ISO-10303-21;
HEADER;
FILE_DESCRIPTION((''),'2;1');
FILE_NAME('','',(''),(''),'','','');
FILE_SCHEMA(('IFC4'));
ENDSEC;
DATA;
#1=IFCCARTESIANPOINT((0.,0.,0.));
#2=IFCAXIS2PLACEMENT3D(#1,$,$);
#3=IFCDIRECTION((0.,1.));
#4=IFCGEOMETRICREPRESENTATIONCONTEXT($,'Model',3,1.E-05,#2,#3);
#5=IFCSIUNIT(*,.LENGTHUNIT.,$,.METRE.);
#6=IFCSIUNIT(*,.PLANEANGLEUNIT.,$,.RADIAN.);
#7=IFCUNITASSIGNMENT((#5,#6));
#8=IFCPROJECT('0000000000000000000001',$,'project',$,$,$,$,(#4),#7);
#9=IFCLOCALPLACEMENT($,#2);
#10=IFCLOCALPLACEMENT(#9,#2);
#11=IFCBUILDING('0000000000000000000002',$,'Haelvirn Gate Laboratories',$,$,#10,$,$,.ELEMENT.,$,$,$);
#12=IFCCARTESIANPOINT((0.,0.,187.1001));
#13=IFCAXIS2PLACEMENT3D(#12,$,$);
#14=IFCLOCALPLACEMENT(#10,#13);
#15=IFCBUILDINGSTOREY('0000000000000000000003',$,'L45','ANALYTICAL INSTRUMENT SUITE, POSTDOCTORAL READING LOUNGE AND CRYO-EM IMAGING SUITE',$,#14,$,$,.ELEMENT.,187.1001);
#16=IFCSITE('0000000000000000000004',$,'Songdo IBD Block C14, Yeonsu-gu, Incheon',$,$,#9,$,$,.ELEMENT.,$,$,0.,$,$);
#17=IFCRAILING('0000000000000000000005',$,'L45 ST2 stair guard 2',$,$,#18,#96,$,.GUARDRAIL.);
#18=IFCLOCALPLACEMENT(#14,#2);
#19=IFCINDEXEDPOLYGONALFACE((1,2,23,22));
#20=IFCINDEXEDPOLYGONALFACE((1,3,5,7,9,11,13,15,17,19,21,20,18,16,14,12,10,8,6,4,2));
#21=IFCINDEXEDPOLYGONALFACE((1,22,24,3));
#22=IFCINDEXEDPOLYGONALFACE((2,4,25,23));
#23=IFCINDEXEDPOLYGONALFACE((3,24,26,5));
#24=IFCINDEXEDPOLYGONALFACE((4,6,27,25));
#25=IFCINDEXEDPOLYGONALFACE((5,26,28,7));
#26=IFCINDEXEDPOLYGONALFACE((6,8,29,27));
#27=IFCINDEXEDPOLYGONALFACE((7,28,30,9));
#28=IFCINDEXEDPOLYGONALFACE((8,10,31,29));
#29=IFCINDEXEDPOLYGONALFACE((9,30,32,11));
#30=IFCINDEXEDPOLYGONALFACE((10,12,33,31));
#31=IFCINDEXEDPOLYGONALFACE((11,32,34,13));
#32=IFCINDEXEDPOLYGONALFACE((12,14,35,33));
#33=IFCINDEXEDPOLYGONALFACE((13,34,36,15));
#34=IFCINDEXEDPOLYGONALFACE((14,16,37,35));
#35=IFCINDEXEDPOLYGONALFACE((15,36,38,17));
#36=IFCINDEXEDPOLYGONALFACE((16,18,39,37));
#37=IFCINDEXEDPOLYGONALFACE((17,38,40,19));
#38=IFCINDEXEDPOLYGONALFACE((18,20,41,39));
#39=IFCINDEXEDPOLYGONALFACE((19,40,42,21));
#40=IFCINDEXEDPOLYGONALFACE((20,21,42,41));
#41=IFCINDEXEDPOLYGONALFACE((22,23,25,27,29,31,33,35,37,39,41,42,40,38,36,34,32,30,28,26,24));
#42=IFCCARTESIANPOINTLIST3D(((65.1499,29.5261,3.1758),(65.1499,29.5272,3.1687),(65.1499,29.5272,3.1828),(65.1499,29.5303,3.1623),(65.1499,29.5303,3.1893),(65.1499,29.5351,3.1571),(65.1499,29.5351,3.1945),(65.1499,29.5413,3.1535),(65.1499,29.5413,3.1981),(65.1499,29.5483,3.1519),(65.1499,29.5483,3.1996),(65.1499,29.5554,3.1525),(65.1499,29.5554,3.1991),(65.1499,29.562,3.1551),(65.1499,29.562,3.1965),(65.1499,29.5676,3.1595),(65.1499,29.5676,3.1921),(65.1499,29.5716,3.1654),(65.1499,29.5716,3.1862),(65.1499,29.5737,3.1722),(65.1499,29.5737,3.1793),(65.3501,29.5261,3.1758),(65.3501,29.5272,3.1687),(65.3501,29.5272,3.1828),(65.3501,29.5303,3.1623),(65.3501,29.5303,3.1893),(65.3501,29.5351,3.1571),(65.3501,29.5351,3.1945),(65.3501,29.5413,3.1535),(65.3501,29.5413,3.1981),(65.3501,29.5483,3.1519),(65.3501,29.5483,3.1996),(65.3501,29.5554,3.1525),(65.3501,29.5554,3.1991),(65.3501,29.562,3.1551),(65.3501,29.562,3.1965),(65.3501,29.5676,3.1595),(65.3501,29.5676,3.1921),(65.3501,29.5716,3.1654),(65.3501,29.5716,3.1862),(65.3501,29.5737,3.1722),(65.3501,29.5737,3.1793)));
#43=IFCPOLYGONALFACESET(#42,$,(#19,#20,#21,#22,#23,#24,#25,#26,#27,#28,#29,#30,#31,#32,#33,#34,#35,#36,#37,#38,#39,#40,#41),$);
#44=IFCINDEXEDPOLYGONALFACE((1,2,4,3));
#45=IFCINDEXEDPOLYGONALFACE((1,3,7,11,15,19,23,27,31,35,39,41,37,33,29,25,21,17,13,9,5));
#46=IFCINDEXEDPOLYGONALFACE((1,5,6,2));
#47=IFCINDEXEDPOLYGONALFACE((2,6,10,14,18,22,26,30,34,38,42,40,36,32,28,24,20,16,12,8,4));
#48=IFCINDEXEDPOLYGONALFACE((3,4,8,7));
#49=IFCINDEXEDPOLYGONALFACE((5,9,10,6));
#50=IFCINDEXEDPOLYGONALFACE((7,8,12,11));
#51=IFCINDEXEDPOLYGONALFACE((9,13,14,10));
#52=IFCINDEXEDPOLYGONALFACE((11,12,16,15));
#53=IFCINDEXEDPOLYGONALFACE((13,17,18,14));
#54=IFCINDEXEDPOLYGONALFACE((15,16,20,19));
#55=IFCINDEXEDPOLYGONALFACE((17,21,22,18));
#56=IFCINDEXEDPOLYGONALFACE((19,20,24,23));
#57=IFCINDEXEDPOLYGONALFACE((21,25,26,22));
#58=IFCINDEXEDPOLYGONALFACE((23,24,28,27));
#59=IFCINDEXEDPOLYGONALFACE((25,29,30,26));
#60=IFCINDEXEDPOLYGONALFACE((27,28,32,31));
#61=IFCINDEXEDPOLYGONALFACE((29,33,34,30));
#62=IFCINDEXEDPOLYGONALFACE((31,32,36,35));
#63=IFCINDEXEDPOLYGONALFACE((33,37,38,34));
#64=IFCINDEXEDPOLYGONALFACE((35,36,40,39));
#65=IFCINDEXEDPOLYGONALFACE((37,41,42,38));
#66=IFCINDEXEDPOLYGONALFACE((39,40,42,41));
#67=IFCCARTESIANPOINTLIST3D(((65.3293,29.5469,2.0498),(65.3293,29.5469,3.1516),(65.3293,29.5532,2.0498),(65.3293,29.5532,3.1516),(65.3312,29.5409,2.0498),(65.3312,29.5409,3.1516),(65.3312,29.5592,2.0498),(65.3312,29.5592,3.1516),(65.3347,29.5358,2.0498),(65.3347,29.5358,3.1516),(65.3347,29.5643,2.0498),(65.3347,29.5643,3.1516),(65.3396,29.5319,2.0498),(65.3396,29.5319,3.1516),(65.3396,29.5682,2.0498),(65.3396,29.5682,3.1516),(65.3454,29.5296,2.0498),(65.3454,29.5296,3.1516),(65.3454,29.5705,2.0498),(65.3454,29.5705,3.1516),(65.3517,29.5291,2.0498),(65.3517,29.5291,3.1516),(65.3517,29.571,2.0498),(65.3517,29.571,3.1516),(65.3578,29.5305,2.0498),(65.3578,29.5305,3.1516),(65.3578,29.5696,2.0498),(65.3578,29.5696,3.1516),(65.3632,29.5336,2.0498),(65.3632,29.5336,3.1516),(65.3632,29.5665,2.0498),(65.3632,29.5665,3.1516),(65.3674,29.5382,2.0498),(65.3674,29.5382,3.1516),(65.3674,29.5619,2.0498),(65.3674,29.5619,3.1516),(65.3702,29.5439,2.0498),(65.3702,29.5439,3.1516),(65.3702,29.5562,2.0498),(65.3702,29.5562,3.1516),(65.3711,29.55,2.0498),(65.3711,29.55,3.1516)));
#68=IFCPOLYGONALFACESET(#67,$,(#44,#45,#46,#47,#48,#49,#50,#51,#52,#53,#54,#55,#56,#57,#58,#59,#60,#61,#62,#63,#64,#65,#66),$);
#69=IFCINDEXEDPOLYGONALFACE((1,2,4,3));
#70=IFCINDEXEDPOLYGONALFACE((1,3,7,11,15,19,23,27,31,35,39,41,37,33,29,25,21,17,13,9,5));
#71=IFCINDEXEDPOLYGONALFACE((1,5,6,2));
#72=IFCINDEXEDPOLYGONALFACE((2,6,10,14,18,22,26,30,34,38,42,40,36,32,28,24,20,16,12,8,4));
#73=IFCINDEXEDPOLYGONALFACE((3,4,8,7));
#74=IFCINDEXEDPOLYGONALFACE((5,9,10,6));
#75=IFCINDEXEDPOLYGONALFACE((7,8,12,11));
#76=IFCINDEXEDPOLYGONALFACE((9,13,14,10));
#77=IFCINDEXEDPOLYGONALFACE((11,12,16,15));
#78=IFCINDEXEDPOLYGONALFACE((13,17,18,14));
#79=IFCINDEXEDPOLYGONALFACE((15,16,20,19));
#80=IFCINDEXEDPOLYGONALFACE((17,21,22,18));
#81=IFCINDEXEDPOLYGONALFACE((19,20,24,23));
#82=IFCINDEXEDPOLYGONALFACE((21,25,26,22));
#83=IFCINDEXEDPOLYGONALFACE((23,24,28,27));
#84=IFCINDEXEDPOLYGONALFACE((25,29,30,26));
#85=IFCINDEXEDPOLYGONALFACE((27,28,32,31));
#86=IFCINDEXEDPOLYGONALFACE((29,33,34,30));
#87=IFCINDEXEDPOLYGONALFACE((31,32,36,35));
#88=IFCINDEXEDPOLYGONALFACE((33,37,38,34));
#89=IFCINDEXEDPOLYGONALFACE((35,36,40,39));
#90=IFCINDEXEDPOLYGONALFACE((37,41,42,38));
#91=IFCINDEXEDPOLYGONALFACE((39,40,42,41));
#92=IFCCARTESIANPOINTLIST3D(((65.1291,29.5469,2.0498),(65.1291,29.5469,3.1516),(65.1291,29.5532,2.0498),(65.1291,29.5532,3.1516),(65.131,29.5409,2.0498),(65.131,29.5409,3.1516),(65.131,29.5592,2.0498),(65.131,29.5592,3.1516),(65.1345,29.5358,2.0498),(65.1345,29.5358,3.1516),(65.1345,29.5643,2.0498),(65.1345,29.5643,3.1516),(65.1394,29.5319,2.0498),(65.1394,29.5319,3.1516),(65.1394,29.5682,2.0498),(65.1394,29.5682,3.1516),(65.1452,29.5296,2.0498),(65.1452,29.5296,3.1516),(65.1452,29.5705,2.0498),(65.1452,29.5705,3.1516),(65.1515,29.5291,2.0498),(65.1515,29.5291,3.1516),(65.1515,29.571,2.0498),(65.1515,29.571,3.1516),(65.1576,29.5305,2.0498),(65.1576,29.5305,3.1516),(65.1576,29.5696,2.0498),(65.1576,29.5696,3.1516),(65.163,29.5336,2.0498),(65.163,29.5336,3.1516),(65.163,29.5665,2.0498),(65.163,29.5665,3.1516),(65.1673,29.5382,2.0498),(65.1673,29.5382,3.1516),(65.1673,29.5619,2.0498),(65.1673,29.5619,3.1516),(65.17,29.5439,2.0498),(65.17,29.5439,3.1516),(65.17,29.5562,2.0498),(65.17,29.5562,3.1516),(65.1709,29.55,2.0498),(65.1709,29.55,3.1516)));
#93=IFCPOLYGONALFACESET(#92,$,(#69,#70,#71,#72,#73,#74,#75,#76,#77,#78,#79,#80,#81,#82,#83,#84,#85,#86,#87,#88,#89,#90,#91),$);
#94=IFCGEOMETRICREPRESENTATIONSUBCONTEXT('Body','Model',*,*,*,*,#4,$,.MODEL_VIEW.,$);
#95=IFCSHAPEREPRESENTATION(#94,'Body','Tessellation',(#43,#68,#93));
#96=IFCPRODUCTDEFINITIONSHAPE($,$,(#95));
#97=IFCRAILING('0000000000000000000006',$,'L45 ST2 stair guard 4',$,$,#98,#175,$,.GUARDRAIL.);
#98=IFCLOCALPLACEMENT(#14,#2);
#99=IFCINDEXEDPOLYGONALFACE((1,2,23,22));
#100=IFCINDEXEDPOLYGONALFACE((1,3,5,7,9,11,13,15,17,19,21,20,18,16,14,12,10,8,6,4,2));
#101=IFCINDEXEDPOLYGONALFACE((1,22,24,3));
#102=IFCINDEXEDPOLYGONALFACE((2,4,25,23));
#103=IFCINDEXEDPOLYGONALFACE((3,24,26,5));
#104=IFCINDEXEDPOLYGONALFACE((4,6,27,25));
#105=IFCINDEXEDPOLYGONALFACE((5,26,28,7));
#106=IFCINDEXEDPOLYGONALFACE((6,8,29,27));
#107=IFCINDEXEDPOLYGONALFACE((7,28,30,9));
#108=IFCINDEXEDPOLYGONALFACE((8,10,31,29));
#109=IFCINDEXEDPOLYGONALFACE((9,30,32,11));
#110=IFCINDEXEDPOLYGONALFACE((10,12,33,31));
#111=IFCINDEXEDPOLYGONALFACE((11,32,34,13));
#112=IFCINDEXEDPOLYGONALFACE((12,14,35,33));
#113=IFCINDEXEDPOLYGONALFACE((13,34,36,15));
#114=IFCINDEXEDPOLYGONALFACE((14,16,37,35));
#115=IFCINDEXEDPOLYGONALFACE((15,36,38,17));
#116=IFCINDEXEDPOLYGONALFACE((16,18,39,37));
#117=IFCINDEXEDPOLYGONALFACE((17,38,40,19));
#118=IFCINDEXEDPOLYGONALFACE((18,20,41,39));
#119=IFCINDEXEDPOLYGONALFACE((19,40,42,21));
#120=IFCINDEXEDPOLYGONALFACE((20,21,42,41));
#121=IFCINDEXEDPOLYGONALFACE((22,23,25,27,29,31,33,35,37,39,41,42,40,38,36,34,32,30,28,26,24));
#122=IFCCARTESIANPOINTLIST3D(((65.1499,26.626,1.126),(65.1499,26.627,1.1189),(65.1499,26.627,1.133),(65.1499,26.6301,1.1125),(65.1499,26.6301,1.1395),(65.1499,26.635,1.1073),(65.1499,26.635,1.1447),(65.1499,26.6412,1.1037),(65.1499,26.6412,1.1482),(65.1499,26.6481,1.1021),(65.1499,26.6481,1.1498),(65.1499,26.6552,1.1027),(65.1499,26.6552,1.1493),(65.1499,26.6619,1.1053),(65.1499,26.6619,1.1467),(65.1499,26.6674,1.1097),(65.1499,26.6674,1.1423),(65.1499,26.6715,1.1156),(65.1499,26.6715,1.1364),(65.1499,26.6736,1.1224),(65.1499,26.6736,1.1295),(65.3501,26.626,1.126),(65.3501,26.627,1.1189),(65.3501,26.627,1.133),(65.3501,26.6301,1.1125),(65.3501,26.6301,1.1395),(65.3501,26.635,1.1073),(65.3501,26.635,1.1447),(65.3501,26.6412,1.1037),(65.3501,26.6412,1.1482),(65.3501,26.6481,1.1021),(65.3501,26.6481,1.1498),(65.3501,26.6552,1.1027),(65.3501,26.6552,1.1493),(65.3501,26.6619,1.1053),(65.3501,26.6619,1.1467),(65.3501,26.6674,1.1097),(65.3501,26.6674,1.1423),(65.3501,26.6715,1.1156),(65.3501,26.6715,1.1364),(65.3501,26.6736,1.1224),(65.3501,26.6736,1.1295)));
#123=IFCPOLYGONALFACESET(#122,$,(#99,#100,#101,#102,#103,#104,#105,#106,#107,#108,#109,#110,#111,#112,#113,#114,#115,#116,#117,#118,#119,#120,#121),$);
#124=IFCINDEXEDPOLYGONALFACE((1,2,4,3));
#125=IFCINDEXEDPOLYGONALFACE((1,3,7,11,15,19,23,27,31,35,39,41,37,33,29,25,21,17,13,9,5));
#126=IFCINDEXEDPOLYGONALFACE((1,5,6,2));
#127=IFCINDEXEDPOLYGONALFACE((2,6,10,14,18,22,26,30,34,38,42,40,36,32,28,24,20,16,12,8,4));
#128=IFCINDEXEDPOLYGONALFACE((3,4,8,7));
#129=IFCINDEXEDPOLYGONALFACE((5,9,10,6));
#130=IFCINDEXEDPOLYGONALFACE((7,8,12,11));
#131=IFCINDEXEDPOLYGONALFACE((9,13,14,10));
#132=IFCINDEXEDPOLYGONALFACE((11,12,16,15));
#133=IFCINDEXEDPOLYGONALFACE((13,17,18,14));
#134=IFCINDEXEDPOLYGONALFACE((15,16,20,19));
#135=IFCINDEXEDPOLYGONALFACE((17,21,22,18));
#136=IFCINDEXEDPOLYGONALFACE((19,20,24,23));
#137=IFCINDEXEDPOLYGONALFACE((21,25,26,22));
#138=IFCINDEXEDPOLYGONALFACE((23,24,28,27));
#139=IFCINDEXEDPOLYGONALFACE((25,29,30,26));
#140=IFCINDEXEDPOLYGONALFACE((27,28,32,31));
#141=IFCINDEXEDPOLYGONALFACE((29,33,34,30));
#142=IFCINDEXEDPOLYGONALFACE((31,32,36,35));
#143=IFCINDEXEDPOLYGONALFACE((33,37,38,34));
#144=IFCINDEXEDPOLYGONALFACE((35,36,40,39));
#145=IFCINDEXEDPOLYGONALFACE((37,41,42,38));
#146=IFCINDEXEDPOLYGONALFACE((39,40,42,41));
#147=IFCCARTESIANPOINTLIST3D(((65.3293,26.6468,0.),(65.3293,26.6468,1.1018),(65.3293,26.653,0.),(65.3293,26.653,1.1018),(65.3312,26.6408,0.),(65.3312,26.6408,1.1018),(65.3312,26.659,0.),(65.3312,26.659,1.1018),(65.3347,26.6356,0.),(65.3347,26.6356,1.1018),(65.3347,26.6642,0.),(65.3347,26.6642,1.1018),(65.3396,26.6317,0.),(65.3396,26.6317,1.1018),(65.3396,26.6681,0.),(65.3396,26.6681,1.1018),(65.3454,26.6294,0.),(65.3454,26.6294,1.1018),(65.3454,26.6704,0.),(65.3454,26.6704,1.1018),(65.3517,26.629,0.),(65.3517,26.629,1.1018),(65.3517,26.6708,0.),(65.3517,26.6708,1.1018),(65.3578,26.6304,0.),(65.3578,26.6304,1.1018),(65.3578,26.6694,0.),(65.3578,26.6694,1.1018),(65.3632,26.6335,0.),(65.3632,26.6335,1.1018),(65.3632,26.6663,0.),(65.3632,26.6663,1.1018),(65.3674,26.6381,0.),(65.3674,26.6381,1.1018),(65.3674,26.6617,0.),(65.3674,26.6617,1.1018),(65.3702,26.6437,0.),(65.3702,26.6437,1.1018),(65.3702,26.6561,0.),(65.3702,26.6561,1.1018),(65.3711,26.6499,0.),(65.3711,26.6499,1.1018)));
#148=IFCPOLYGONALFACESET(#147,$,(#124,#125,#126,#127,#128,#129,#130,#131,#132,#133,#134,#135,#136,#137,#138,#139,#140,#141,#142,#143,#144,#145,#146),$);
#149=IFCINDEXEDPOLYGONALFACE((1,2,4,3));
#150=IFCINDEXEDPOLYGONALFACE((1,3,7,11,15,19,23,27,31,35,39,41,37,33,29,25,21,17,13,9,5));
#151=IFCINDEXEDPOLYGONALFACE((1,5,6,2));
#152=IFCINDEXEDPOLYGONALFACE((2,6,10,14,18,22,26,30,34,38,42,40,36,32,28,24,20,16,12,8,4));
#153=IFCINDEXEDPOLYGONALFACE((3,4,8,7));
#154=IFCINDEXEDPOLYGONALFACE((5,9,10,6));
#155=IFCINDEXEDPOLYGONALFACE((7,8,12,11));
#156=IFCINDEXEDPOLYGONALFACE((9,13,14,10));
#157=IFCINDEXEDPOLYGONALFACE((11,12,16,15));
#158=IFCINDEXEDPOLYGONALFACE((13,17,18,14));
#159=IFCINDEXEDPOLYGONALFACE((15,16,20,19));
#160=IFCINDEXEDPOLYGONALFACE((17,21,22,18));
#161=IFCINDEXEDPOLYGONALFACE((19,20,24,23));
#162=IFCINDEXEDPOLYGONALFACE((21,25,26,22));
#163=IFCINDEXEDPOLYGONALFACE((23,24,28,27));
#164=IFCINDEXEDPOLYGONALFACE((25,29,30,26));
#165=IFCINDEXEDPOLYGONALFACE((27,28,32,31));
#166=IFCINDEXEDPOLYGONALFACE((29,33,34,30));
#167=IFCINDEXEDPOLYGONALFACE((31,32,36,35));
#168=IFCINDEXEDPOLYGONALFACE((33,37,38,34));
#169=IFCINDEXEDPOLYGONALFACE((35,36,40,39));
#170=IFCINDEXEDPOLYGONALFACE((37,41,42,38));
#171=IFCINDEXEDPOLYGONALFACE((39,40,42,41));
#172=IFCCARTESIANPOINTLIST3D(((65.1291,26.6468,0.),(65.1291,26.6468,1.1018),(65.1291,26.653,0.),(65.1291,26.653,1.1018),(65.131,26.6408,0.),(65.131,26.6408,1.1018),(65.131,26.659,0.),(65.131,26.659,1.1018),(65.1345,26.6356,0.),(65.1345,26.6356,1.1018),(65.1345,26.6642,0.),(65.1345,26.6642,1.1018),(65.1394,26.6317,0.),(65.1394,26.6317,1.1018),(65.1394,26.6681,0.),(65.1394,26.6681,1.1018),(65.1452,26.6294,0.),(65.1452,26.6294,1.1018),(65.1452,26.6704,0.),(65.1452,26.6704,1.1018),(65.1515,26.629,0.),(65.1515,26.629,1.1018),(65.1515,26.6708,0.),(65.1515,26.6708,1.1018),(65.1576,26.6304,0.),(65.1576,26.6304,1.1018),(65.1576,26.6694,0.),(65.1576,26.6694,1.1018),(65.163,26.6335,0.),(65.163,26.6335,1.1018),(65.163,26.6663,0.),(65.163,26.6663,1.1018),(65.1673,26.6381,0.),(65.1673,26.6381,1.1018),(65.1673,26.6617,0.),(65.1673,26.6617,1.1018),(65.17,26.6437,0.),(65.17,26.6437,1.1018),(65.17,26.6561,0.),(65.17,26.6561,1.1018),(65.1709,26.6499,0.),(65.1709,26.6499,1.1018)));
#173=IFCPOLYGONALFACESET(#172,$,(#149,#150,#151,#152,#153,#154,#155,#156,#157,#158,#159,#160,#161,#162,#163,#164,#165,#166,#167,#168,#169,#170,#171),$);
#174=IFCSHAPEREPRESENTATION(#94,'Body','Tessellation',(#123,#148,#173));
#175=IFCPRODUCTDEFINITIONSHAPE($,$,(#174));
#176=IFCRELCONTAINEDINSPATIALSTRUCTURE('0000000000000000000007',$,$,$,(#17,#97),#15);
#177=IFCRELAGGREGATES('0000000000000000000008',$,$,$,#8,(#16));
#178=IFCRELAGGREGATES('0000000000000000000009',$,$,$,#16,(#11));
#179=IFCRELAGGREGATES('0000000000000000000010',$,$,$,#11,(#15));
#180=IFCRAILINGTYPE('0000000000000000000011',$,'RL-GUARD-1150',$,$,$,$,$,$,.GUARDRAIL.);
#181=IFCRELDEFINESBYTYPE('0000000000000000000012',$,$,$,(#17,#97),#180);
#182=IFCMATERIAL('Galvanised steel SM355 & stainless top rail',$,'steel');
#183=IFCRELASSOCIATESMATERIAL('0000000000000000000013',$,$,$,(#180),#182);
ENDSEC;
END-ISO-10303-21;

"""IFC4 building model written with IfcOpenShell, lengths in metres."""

from ifc_helpers import new_model, si_unit, direction, frame, origin, origin_2d, place, context, subcontext, project, spatial, circle, extrude, source, transform, mapped, material, type_object, element, save


model = new_model("IFC4")

# Units and contexts
model_context = context("Model", 3, precision=1e-05, world=origin(), true_north=direction((0.0, 1.0)))
body_context = subcontext(model_context, "Body", "Model", "MODEL_VIEW")
ifc_project = project(units=[si_unit("LENGTHUNIT", "METRE"), si_unit("PLANEANGLEUNIT", "RADIAN")], contexts=[model_context])

# Site, building, storey
site_placement = place(None, origin())
site = spatial("IfcSite", under=ifc_project, at=site_placement, Name="Songdo IBD Block C14, Yeonsu-gu, Incheon", CompositionType="ELEMENT", RefElevation=0.0)
building_placement = place(site_placement, origin())
building = spatial("IfcBuilding", under=site, at=building_placement, Name="Haelvirn Gate Laboratories", CompositionType="ELEMENT")
storey_placement = place(building_placement, frame((0.0, 0.0, 187.1001)))
storey = spatial("IfcBuildingStorey", under=building, at=storey_placement, Name="L45", Description="ANALYTICAL INSTRUMENT SUITE, POSTDOCTORAL READING LOUNGE AND CRYO-EM IMAGING SUITE", CompositionType="ELEMENT", Elevation=187.1001)

# Railings
ifc_material_1 = material(Name="Galvanised steel SM355 & stainless top rail", Category="steel")
railing_type_1 = type_object("IfcRailingType", Name="RL-GUARD-1150", PredefinedType="GUARDRAIL", material=ifc_material_1)
shared_shape_1 = source(origin(), body_context, "Body", "SweptSolid", [
    extrude(circle(Radius=0.0239, at=origin_2d()), frame((0.0, 0.0, 1.126), z_axis=(-1.0, 0.0, 0.0), x_axis=(0.0, -1.0, 0.0)), (0.0, 0.0, 1.0), 0.2002),
    extrude(circle(Radius=0.021, at=origin_2d()), origin(), (0.0, 0.0, 1.0), 1.1018),
    extrude(circle(Radius=0.021, at=origin_2d()), frame((-0.2002, 0.0, 0.0)), (0.0, 0.0, 1.0), 1.1018),
])
for number, where, name in (
    (1, (65.3501, 29.55, 2.0498), "L45 ST2 stair guard 2"),
    (2, (65.3501, 26.6499, 0.0), "L45 ST2 stair guard 4"),
):
    element("IfcRailing", number, at=place(storey_placement, frame(where)), inside=storey, type_object=railing_type_1, Name=name, PredefinedType="GUARDRAIL", context=body_context, shape_type="MappedRepresentation", body=[
        mapped(shared_shape_1, transform((0.0, 0.0, 0.0), scale=1.0)),
    ])

save(model, "model.ifc")
